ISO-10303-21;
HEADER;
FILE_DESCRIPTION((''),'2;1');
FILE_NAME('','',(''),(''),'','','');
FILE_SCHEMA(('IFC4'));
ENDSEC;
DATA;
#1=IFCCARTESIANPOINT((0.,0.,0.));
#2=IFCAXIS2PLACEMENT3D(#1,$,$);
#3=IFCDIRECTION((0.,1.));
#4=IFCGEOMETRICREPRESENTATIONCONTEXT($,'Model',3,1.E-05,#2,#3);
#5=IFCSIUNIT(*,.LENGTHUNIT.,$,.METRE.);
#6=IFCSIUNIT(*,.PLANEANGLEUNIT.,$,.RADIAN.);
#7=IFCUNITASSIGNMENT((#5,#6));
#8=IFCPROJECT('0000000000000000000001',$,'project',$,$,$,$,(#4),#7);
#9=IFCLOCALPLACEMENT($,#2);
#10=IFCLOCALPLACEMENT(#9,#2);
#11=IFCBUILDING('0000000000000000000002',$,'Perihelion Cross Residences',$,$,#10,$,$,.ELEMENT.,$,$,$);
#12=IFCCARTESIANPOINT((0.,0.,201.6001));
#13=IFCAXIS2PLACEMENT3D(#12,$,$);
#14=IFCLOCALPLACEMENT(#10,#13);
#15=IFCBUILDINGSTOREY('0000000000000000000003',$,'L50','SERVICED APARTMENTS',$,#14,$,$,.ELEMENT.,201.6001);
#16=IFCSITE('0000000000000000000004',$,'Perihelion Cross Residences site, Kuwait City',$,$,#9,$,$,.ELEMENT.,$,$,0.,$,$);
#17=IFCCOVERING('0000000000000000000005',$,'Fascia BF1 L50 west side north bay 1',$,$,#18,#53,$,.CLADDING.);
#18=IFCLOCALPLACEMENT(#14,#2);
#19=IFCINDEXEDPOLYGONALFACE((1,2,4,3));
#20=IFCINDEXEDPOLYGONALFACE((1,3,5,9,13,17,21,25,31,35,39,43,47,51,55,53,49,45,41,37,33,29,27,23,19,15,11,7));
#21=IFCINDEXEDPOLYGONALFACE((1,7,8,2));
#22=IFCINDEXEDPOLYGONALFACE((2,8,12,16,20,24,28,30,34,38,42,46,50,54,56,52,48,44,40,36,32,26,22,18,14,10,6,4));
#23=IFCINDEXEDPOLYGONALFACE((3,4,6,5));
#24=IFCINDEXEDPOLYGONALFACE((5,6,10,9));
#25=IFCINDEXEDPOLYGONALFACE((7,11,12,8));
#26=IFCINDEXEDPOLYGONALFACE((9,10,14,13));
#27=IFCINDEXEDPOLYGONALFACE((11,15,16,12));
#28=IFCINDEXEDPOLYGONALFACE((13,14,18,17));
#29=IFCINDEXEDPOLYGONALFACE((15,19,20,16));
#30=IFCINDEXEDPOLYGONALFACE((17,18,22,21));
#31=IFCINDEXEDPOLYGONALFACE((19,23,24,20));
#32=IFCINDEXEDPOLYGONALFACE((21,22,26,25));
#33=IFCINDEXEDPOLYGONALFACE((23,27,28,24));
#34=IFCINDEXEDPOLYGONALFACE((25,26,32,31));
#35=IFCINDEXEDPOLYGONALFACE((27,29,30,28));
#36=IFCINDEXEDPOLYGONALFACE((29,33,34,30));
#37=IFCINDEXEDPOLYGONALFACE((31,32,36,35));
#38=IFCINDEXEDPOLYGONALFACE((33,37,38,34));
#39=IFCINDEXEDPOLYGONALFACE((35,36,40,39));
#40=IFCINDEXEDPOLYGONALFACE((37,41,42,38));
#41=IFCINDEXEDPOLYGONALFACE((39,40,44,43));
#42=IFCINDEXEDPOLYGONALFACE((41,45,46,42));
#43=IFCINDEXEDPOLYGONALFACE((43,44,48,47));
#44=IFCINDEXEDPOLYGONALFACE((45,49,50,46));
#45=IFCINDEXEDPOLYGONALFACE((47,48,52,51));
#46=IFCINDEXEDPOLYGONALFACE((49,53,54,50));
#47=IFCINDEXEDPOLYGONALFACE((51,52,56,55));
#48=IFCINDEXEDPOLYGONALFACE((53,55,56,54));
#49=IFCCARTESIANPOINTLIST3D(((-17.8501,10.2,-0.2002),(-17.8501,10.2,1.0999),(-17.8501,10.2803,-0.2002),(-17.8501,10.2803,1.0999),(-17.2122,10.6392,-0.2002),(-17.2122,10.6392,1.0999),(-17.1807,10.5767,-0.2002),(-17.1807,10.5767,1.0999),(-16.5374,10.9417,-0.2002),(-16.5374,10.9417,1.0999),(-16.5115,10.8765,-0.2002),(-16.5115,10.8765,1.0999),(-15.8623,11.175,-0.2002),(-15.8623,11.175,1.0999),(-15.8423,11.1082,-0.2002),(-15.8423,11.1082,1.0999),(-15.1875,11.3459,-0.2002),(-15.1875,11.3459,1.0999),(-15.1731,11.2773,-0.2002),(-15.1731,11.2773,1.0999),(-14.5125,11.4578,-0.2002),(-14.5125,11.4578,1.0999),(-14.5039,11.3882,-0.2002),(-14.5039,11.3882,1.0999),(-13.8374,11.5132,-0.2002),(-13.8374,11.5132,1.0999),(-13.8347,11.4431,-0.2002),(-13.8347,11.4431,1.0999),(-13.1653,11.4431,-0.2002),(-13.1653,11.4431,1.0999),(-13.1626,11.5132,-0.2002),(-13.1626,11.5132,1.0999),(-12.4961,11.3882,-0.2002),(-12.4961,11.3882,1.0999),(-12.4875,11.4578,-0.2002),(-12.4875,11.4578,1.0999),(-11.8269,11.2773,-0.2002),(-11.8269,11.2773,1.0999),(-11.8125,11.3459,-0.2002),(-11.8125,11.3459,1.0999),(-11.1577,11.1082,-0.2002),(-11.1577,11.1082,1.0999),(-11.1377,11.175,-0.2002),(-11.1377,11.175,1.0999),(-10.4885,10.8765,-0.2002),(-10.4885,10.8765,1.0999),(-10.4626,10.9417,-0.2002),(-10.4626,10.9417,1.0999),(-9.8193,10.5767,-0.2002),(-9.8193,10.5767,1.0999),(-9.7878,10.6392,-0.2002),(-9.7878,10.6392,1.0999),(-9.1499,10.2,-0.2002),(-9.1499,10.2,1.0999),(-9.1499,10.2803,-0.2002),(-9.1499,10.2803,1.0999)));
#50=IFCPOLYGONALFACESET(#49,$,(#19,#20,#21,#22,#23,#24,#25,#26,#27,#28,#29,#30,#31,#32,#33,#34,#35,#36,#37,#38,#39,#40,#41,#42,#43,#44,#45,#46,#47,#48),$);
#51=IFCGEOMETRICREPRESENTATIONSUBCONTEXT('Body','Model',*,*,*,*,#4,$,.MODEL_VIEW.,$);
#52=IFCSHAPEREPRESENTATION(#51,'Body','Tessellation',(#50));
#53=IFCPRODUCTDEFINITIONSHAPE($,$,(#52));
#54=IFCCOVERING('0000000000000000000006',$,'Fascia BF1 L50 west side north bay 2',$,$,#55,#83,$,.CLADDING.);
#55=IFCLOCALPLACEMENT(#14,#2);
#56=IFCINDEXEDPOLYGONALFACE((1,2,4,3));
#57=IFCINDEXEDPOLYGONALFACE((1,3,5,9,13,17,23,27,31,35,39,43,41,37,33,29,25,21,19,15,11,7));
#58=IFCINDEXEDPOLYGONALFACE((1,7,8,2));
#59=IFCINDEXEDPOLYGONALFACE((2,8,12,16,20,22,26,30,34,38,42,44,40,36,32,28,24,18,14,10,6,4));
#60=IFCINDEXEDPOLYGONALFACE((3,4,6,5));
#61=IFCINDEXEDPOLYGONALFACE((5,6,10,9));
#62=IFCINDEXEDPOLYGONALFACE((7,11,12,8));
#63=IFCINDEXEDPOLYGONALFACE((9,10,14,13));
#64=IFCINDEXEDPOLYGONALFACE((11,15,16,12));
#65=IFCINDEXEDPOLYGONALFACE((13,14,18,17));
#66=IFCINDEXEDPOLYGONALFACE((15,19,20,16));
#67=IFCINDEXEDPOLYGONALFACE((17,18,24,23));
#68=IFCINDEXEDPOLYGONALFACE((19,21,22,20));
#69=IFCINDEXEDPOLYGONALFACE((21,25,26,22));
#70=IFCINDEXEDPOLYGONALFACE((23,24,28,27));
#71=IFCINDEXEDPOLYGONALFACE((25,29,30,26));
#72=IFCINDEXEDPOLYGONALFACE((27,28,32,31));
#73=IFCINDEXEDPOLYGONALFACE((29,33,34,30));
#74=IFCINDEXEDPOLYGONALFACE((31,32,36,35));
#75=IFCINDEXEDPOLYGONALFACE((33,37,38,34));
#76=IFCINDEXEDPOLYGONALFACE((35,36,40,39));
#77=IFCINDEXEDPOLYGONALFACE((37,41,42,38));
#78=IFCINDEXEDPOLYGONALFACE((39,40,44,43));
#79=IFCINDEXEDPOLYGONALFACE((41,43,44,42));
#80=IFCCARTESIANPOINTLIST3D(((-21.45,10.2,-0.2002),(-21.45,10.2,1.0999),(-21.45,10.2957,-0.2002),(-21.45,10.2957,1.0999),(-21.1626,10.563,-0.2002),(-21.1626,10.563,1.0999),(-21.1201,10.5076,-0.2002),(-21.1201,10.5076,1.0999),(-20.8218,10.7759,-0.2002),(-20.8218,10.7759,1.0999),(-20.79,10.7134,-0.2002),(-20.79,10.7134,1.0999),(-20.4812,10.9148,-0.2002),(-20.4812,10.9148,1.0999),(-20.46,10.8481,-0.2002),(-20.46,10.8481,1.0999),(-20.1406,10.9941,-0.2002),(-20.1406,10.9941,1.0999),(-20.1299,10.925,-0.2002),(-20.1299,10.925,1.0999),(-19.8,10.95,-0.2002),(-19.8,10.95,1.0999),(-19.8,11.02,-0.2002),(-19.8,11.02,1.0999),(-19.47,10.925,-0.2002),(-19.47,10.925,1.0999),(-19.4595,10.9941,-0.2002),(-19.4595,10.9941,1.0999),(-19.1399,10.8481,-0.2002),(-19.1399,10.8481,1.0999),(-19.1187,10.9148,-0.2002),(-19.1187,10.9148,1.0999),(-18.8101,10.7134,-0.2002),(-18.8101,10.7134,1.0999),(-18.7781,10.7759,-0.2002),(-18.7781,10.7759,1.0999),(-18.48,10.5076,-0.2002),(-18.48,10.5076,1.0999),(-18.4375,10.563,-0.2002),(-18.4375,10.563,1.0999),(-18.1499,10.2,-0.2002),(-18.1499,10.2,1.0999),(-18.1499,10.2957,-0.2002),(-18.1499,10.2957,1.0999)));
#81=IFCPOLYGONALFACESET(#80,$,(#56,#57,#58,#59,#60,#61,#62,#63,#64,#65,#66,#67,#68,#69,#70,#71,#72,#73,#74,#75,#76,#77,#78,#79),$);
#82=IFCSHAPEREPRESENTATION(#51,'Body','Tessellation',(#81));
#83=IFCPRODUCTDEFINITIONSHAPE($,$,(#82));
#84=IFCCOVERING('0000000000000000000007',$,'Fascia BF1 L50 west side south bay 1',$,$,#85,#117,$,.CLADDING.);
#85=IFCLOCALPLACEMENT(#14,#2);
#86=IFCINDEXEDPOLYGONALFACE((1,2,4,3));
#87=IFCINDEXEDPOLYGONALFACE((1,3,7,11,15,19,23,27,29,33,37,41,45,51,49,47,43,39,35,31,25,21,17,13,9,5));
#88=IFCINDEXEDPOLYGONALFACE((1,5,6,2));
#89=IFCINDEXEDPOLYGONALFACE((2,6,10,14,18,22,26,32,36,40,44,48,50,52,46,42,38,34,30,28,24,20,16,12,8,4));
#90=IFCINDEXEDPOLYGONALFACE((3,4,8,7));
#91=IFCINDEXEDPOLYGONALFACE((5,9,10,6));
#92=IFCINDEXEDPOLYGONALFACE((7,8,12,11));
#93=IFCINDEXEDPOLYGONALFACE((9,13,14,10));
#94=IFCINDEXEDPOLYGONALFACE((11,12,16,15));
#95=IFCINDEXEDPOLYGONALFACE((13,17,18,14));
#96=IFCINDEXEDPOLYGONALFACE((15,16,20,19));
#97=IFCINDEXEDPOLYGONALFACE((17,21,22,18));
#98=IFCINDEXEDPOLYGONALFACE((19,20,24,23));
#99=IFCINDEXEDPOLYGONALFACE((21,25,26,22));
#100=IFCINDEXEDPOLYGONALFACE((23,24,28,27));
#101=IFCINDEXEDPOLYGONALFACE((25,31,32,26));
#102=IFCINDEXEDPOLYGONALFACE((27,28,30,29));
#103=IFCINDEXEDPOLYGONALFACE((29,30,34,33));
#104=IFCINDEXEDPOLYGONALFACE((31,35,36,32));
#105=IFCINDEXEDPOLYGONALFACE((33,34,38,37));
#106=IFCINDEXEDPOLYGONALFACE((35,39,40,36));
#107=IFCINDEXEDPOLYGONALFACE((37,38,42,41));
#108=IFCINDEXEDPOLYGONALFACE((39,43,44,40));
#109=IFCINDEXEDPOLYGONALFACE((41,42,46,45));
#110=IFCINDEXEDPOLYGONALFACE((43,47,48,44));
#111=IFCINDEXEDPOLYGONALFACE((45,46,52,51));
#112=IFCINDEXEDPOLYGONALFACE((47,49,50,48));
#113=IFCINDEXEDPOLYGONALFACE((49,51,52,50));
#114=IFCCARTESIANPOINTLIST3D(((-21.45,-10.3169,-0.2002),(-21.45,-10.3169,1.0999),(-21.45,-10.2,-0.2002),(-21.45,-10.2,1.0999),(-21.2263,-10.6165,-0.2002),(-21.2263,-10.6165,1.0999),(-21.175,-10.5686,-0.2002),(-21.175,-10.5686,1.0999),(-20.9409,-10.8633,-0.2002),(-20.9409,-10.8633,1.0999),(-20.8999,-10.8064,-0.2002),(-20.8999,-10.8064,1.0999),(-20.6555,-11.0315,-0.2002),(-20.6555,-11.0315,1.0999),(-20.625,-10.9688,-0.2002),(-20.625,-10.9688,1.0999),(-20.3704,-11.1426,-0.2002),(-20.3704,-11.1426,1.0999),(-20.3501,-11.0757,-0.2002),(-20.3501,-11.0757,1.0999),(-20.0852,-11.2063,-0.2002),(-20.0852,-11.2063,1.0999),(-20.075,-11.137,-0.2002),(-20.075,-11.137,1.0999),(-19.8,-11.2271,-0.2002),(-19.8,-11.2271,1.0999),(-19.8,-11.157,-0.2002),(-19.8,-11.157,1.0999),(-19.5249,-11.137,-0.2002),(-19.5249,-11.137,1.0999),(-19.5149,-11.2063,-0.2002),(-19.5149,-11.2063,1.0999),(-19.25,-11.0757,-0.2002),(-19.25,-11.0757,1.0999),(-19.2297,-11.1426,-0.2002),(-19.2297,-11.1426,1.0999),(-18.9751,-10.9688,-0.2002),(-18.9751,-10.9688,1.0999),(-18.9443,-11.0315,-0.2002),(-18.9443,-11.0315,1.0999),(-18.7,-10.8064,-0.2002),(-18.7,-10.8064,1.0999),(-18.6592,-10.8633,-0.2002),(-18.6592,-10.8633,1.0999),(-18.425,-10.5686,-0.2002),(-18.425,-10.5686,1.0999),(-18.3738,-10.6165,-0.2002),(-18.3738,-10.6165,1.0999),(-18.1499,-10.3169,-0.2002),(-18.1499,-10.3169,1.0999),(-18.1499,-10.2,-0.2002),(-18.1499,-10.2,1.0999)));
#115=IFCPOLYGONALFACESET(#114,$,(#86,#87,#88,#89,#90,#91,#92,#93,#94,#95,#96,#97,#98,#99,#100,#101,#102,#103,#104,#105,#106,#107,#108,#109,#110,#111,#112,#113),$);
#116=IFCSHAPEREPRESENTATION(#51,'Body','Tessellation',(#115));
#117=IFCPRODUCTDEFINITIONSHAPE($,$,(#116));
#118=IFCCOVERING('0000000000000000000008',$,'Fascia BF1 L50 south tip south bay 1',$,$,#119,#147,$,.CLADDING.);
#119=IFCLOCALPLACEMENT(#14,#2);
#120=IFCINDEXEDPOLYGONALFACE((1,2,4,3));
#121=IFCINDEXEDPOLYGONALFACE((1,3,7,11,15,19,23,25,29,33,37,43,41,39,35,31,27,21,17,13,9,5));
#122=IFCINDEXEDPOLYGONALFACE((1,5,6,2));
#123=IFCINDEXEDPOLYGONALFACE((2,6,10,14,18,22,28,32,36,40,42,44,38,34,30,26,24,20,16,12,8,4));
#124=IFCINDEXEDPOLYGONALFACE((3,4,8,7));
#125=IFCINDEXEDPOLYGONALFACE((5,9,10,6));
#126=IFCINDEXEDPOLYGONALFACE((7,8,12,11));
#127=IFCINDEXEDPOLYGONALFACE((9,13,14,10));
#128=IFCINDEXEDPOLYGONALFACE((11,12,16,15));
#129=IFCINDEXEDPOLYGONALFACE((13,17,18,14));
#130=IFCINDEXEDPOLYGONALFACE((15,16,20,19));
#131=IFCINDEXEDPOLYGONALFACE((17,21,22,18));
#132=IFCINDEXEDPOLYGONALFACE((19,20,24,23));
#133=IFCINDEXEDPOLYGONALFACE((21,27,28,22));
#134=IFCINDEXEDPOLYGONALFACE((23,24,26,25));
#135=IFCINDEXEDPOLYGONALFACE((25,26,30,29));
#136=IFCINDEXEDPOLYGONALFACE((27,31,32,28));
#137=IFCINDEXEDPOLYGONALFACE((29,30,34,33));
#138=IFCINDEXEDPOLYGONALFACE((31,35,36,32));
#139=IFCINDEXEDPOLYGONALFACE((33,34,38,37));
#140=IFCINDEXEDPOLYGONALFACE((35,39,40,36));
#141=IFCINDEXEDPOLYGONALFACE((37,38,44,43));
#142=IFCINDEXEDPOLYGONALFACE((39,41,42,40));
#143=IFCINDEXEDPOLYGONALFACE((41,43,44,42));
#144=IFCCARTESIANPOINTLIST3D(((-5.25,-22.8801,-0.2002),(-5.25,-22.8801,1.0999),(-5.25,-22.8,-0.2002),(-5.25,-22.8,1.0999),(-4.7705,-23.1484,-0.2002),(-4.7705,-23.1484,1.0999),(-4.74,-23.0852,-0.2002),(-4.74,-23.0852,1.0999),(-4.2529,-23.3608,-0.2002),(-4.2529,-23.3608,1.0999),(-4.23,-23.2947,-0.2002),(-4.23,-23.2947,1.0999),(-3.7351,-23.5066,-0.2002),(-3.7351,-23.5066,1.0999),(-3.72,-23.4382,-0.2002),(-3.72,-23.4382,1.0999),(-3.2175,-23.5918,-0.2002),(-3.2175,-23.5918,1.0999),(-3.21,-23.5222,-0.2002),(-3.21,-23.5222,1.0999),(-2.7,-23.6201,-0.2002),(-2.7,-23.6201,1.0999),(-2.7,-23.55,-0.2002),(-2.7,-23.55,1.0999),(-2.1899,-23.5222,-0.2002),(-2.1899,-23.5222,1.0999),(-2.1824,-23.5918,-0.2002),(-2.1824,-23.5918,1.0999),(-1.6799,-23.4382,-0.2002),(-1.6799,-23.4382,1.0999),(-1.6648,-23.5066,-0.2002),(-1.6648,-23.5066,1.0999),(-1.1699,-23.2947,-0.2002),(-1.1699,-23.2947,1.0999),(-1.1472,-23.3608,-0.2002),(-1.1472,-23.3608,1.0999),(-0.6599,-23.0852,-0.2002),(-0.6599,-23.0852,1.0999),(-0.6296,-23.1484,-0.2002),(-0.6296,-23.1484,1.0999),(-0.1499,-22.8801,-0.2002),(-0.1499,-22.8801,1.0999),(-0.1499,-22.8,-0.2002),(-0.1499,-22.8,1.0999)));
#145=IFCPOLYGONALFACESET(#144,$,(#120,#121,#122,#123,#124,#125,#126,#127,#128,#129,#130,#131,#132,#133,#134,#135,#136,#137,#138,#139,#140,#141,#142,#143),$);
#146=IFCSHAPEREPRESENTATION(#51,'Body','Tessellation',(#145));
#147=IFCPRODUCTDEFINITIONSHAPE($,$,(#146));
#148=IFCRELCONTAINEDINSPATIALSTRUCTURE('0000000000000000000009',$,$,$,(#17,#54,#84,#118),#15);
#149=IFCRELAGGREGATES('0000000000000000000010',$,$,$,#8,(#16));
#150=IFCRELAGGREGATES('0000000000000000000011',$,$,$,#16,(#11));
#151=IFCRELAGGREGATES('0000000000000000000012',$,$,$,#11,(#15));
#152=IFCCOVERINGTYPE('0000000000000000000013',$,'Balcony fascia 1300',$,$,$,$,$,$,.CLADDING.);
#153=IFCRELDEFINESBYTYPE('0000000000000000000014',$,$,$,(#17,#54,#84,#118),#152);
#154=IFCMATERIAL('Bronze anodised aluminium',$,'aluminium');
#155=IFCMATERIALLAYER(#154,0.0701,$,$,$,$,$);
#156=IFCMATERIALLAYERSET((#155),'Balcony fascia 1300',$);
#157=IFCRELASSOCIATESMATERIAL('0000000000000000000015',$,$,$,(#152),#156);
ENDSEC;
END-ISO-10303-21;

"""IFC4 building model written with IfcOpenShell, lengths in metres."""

from ifc_helpers import new_model, si_unit, direction, frame, origin, place, context, subcontext, project, spatial, polyline, outline, extrude, material, layer, layer_set, type_object, element, save


model = new_model("IFC4")

# Units and contexts
model_context = context("Model", 3, precision=1e-05, world=origin(), true_north=direction((0.0, 1.0)))
body_context = subcontext(model_context, "Body", "Model", "MODEL_VIEW")
ifc_project = project(units=[si_unit("LENGTHUNIT", "METRE"), si_unit("PLANEANGLEUNIT", "RADIAN")], contexts=[model_context])

# Site, building, storey
site_placement = place(None, origin())
site = spatial("IfcSite", under=ifc_project, at=site_placement, Name="Perihelion Cross Residences site, Kuwait City", CompositionType="ELEMENT", RefElevation=0.0)
building_placement = place(site_placement, origin())
building = spatial("IfcBuilding", under=site, at=building_placement, Name="Perihelion Cross Residences", CompositionType="ELEMENT")
storey_placement = place(building_placement, frame((0.0, 0.0, 201.6001)))
storey = spatial("IfcBuildingStorey", under=building, at=storey_placement, Name="L50", Description="SERVICED APARTMENTS", CompositionType="ELEMENT", Elevation=201.6001)

# Coverings
ifc_material_1 = material(Name="Bronze anodised aluminium", Category="aluminium")
ifc_layer_1 = layer(ifc_material_1, 0.0701)
ifc_layer_set_1 = layer_set([ifc_layer_1], Name="Balcony fascia 1300")
covering_type = type_object("IfcCoveringType", Name="Balcony fascia 1300", PredefinedType="CLADDING", material=ifc_layer_set_1)
covering_1_placement = place(storey_placement, frame((0.0, 0.0, -0.2002)))
element("IfcCovering", 1, at=covering_1_placement, inside=storey, type_object=covering_type, Name="Fascia BF1 L50 west side north bay 1", PredefinedType="CLADDING", context=body_context, shape_type="SweptSolid", body=[
    extrude(outline(polyline([(-9.7878, 10.6392), (-10.4626, 10.9417), (-11.1377, 11.175), (-11.8125, 11.3459), (-12.4875, 11.4578), (-13.1626, 11.5132), (-13.8374, 11.5132), (-14.5125, 11.4578), (-15.1875, 11.3459), (-15.8623, 11.175), (-16.5374, 10.9417), (-17.2122, 10.6392), (-17.8501, 10.2803), (-17.8501, 10.2), (-17.1807, 10.5767), (-16.5115, 10.8765), (-15.8423, 11.1082), (-15.1731, 11.2773), (-14.5039, 11.3882), (-13.8347, 11.4431), (-13.1653, 11.4431), (-12.4961, 11.3882), (-11.8269, 11.2773), (-11.1577, 11.1082), (-10.4885, 10.8765), (-9.8193, 10.5767), (-9.1499, 10.2), (-9.1499, 10.2803), (-9.7878, 10.6392)])), origin(), (0.0, 0.0, 1.0), 1.3),
])
covering_2_placement = place(storey_placement, frame((0.0, 0.0, -0.2002)))
element("IfcCovering", 2, at=covering_2_placement, inside=storey, type_object=covering_type, Name="Fascia BF1 L50 west side north bay 2", PredefinedType="CLADDING", context=body_context, shape_type="SweptSolid", body=[
    extrude(outline(polyline([(-18.4375, 10.563), (-18.7781, 10.7759), (-19.1187, 10.9148), (-19.4595, 10.9941), (-19.8, 11.02), (-20.1406, 10.9941), (-20.4812, 10.9148), (-20.8218, 10.7759), (-21.1626, 10.563), (-21.45, 10.2957), (-21.45, 10.2), (-21.1201, 10.5076), (-20.79, 10.7134), (-20.46, 10.8481), (-20.1299, 10.925), (-19.8, 10.95), (-19.47, 10.925), (-19.1399, 10.8481), (-18.8101, 10.7134), (-18.48, 10.5076), (-18.1499, 10.2), (-18.1499, 10.2957), (-18.4375, 10.563)])), origin(), (0.0, 0.0, 1.0), 1.3),
])
covering_3_placement = place(storey_placement, frame((0.0, 0.0, -0.2002)))
element("IfcCovering", 3, at=covering_3_placement, inside=storey, type_object=covering_type, Name="Fascia BF1 L50 west side south bay 1", PredefinedType="CLADDING", context=body_context, shape_type="SweptSolid", body=[
    extrude(outline(polyline([(-21.2263, -10.6165), (-20.9409, -10.8633), (-20.6555, -11.0315), (-20.3704, -11.1426), (-20.0852, -11.2063), (-19.8, -11.2271), (-19.5149, -11.2063), (-19.2297, -11.1426), (-18.9443, -11.0315), (-18.6592, -10.8633), (-18.3738, -10.6165), (-18.1499, -10.3169), (-18.1499, -10.2), (-18.425, -10.5686), (-18.7, -10.8064), (-18.9751, -10.9688), (-19.25, -11.0757), (-19.5249, -11.137), (-19.8, -11.157), (-20.075, -11.137), (-20.3501, -11.0757), (-20.625, -10.9688), (-20.8999, -10.8064), (-21.175, -10.5686), (-21.45, -10.2), (-21.45, -10.3169), (-21.2263, -10.6165)])), origin(), (0.0, 0.0, 1.0), 1.3),
])
covering_4_placement = place(storey_placement, frame((0.0, 0.0, -0.2002)))
element("IfcCovering", 4, at=covering_4_placement, inside=storey, type_object=covering_type, Name="Fascia BF1 L50 south tip south bay 1", PredefinedType="CLADDING", context=body_context, shape_type="SweptSolid", body=[
    extrude(outline(polyline([(-4.7705, -23.1484), (-4.2529, -23.3608), (-3.7351, -23.5066), (-3.2175, -23.5918), (-2.7, -23.6201), (-2.1824, -23.5918), (-1.6648, -23.5066), (-1.1472, -23.3608), (-0.6296, -23.1484), (-0.1499, -22.8801), (-0.1499, -22.8), (-0.6599, -23.0852), (-1.1699, -23.2947), (-1.6799, -23.4382), (-2.1899, -23.5222), (-2.7, -23.55), (-3.21, -23.5222), (-3.72, -23.4382), (-4.23, -23.2947), (-4.74, -23.0852), (-5.25, -22.8), (-5.25, -22.8801), (-4.7705, -23.1484)])), origin(), (0.0, 0.0, 1.0), 1.3),
])

save(model, "model.ifc")
